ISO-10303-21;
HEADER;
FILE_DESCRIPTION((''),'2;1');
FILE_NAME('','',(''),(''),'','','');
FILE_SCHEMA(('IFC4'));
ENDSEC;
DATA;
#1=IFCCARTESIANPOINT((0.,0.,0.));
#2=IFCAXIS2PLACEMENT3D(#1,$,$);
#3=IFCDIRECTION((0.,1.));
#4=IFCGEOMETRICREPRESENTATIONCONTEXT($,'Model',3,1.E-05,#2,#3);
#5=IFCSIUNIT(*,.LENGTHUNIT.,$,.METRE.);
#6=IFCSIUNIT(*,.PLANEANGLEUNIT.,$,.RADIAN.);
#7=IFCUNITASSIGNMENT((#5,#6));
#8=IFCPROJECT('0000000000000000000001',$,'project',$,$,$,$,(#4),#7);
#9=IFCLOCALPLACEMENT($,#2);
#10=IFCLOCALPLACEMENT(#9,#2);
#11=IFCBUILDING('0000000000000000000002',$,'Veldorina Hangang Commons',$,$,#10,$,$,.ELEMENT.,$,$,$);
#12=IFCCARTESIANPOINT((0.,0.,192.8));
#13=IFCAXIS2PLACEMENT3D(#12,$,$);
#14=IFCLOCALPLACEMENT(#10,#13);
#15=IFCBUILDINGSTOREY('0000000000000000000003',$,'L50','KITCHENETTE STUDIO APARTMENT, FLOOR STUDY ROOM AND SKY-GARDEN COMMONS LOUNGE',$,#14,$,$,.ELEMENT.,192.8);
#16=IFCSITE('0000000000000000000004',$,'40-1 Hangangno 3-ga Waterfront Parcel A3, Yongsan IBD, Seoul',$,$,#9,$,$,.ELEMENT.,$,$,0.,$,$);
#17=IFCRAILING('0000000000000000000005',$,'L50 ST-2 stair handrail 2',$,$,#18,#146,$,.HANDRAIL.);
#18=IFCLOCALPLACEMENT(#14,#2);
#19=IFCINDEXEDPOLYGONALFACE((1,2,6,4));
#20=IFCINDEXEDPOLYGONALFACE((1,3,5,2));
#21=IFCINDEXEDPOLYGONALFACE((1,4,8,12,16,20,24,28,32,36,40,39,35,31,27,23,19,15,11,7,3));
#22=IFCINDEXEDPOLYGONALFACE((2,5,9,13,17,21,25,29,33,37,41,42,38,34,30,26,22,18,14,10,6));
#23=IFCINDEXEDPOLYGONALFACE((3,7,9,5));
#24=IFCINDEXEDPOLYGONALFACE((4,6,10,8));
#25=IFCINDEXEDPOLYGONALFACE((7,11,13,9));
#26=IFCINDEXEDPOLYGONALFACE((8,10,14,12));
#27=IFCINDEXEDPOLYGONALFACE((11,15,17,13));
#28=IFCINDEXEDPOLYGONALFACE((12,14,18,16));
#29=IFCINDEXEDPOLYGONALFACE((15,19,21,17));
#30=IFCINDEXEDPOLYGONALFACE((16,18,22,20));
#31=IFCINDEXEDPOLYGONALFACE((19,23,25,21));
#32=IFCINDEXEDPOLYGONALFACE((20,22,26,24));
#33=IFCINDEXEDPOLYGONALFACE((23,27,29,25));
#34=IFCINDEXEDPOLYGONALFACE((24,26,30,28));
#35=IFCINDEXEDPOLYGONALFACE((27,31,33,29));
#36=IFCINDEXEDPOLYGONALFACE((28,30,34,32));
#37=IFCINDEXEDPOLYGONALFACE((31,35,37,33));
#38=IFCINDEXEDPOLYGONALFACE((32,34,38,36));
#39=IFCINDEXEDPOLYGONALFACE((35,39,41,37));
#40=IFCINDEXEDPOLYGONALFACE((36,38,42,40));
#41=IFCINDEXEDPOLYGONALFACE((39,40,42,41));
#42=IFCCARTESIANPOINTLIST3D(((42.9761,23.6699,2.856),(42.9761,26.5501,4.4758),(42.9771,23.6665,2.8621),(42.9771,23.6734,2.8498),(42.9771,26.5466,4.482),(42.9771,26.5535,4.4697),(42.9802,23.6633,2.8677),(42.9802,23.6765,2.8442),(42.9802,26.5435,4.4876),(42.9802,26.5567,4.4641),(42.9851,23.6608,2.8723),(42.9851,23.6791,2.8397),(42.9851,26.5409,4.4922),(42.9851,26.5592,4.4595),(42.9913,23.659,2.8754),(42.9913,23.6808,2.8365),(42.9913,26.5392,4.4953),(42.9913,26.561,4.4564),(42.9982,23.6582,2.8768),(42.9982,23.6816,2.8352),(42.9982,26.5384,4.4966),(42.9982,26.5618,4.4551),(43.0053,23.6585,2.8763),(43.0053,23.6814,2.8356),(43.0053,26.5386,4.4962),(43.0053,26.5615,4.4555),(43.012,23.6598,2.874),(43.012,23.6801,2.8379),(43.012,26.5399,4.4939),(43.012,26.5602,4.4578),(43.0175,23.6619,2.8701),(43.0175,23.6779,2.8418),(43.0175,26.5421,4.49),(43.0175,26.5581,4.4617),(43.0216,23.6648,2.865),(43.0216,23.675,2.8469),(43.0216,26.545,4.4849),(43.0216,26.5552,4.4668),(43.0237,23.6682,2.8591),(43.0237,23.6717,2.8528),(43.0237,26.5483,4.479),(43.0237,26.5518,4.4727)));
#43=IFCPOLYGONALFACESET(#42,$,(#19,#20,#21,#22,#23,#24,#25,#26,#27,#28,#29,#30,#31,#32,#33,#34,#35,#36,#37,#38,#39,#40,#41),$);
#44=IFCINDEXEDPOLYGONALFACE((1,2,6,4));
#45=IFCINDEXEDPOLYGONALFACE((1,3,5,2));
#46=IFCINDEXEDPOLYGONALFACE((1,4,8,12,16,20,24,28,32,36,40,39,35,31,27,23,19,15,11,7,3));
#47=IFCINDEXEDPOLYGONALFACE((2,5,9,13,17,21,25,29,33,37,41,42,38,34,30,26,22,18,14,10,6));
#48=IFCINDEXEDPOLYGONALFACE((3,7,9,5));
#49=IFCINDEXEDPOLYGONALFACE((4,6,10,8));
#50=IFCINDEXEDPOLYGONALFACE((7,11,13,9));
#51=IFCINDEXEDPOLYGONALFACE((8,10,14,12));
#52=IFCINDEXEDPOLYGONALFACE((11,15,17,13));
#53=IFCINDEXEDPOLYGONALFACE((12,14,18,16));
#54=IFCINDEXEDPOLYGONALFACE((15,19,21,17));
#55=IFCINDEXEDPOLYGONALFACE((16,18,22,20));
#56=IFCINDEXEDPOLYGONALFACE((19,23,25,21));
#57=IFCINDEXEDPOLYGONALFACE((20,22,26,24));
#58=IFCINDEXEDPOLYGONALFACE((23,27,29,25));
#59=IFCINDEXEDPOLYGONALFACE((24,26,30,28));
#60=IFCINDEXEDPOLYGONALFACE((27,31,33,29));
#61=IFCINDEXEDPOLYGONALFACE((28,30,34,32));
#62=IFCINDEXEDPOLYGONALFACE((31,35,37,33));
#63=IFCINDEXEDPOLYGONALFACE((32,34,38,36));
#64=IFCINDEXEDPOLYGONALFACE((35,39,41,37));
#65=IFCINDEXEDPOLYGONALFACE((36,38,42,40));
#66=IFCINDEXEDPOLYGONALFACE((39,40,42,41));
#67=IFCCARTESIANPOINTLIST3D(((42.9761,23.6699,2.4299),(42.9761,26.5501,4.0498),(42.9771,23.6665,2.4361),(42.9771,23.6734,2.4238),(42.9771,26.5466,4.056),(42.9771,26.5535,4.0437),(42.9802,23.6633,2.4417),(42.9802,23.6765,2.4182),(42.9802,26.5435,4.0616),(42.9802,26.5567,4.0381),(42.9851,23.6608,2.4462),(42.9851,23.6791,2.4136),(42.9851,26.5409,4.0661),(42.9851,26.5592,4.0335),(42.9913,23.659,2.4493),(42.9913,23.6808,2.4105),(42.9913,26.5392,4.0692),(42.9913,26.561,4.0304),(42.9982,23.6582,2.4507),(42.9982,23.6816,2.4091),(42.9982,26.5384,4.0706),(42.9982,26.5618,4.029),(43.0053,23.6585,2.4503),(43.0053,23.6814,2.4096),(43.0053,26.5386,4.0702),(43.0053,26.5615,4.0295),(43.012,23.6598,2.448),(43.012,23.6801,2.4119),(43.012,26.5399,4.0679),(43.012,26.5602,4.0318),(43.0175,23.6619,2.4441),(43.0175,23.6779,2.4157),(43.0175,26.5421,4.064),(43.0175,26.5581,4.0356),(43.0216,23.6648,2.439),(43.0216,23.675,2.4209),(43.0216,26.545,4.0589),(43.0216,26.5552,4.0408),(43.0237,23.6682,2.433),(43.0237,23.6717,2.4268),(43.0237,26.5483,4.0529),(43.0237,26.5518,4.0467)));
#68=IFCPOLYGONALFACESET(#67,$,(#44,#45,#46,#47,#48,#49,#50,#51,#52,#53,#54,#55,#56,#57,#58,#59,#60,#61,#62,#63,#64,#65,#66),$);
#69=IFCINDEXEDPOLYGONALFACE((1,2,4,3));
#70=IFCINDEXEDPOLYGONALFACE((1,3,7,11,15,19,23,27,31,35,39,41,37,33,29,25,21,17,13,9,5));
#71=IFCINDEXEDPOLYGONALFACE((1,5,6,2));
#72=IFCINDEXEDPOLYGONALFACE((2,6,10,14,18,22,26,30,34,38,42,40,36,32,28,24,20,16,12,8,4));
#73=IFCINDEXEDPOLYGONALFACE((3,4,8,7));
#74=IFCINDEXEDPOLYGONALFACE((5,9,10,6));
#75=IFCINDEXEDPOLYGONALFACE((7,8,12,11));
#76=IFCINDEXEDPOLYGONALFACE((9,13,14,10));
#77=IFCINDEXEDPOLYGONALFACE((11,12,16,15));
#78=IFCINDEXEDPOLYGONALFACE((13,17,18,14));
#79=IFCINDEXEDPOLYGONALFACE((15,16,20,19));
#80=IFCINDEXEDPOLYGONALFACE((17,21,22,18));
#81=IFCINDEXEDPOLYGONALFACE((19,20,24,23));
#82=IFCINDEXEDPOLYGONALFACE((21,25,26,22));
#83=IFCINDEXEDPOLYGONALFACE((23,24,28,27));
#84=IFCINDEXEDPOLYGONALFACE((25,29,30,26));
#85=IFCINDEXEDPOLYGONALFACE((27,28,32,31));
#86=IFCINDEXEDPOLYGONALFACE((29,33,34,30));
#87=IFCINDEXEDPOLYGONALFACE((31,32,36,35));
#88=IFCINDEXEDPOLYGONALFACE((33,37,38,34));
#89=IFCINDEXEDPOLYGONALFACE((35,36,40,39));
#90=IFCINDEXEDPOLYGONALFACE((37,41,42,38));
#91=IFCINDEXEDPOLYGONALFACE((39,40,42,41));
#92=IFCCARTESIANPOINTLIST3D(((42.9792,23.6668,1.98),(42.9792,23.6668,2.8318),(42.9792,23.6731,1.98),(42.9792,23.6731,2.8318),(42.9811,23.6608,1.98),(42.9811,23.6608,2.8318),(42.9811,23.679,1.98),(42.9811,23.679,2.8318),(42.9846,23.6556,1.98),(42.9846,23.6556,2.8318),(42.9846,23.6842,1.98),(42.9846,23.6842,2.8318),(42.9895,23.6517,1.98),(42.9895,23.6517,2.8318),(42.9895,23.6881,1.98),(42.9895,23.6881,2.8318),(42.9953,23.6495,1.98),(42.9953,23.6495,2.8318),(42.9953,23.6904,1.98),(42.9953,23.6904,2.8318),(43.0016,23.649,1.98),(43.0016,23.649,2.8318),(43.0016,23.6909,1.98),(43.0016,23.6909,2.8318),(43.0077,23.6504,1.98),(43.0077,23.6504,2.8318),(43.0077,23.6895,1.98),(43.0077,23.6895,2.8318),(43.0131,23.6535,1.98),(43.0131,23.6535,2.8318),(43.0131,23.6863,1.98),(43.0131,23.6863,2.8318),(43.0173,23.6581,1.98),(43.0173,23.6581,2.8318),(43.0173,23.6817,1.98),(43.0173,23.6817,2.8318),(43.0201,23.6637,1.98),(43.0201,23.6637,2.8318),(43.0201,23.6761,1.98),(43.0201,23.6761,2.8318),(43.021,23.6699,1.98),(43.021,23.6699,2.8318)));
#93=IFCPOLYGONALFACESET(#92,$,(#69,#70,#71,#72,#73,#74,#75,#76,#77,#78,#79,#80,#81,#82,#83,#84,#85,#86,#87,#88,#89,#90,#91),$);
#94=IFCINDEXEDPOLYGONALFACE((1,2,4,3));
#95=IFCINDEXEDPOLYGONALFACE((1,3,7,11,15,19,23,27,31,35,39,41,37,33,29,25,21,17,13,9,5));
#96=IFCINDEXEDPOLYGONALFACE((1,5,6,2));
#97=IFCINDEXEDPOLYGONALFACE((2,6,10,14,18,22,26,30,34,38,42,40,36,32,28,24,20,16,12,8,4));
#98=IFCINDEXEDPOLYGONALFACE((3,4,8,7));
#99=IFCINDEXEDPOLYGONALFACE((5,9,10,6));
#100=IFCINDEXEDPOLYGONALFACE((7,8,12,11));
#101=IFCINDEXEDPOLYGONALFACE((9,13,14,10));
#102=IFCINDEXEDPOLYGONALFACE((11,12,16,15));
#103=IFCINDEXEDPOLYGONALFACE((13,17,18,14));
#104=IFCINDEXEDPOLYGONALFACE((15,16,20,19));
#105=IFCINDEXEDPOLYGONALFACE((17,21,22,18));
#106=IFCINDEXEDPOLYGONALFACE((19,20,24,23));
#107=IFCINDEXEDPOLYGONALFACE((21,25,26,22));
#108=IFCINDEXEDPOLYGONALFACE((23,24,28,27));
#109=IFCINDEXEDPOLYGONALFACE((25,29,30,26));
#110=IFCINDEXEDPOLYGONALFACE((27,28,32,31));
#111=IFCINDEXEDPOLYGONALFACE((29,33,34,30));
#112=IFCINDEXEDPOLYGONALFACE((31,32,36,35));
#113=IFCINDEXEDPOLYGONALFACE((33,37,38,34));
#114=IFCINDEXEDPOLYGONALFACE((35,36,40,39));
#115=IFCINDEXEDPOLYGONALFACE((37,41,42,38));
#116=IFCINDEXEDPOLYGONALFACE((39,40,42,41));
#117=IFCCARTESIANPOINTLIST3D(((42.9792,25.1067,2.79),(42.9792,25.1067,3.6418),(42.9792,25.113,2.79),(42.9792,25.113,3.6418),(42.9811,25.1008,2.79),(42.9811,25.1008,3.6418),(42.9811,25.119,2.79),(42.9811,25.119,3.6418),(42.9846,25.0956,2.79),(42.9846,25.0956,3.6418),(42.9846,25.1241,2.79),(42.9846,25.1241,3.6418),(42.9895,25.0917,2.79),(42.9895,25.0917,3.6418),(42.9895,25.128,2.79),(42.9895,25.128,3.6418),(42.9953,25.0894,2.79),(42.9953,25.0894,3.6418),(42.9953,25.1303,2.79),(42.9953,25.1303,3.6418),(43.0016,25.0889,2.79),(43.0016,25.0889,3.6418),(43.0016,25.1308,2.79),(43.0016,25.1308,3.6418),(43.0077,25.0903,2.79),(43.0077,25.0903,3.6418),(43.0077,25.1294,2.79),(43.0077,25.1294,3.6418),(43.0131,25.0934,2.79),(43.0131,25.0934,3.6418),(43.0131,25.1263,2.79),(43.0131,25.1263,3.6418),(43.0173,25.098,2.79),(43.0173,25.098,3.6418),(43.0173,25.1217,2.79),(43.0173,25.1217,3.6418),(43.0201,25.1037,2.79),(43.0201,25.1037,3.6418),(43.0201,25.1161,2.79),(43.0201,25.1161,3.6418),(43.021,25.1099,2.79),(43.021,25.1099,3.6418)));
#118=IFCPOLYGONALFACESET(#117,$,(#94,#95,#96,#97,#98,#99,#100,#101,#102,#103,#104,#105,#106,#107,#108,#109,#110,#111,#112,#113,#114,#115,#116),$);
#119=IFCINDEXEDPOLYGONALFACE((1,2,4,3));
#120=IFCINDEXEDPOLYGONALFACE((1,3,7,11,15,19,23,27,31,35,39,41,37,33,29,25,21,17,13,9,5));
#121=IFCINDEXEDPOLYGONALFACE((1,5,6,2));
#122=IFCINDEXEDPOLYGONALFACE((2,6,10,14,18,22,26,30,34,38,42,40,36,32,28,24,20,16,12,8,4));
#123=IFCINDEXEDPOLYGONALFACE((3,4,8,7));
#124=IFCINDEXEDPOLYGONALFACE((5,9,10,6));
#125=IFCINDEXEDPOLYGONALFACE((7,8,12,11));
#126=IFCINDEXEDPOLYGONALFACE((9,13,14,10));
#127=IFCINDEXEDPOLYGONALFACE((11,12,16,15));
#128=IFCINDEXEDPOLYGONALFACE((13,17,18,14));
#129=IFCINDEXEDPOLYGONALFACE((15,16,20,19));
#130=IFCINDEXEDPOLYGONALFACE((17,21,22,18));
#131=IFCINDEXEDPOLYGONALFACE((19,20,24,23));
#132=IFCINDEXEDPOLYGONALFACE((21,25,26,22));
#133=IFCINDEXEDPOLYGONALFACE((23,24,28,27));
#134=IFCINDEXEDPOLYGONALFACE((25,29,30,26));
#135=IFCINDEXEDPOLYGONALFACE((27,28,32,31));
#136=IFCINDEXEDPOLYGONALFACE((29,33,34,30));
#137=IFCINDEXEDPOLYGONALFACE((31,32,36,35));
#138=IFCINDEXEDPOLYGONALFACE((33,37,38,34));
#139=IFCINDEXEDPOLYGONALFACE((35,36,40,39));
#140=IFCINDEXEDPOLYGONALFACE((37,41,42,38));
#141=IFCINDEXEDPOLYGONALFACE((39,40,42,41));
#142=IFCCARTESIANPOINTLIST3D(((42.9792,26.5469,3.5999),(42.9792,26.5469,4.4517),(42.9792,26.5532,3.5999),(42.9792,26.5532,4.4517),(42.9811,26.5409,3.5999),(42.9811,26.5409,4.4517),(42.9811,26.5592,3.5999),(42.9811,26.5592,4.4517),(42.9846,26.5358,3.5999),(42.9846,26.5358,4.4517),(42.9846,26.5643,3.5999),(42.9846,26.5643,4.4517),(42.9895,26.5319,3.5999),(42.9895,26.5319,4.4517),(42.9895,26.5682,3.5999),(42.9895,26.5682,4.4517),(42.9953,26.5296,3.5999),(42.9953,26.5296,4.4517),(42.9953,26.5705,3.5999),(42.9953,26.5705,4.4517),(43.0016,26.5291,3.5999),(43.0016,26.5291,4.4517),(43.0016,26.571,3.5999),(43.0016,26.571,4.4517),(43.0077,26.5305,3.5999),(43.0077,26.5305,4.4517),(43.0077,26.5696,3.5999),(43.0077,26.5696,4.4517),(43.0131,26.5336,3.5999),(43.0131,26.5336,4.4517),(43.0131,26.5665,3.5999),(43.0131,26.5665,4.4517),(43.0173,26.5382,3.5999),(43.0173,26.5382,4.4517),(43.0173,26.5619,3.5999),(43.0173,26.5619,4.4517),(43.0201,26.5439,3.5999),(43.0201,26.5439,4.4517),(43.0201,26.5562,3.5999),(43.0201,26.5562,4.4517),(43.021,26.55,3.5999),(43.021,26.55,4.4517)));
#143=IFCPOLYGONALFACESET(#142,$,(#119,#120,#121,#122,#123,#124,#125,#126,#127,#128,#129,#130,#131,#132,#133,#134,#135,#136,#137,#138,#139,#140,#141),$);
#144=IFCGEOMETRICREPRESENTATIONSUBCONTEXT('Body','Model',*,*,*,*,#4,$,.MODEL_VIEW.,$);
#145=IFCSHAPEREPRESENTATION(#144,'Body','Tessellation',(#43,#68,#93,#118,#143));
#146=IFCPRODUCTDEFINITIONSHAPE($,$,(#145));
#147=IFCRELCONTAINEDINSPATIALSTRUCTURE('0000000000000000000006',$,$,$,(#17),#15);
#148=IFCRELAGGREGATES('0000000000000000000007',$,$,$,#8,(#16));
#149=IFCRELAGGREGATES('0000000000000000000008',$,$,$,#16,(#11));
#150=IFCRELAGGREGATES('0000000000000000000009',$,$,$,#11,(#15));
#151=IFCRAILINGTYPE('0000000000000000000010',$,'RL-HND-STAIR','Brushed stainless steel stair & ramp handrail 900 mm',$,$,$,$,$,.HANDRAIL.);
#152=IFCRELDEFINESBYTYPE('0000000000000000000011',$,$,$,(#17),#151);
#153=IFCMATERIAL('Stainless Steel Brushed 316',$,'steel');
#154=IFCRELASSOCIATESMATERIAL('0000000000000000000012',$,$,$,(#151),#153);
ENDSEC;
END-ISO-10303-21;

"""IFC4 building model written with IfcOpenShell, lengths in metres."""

from ifc_helpers import new_model, si_unit, direction, frame, origin, origin_2d, place, context, subcontext, project, spatial, circle, extrude, material, type_object, element, save


model = new_model("IFC4")

# Units and contexts
model_context = context("Model", 3, precision=1e-05, world=origin(), true_north=direction((0.0, 1.0)))
body_context = subcontext(model_context, "Body", "Model", "MODEL_VIEW")
ifc_project = project(units=[si_unit("LENGTHUNIT", "METRE"), si_unit("PLANEANGLEUNIT", "RADIAN")], contexts=[model_context])

# Site, building, storey
site_placement = place(None, origin())
site = spatial("IfcSite", under=ifc_project, at=site_placement, Name="40-1 Hangangno 3-ga Waterfront Parcel A3, Yongsan IBD, Seoul", CompositionType="ELEMENT", RefElevation=0.0)
building_placement = place(site_placement, origin())
building = spatial("IfcBuilding", under=site, at=building_placement, Name="Veldorina Hangang Commons", CompositionType="ELEMENT")
storey_placement = place(building_placement, frame((0.0, 0.0, 192.8)))
storey = spatial("IfcBuildingStorey", under=building, at=storey_placement, Name="L50", Description="KITCHENETTE STUDIO APARTMENT, FLOOR STUDY ROOM AND SKY-GARDEN COMMONS LOUNGE", CompositionType="ELEMENT", Elevation=192.8)

# Railing
ifc_material_1 = material(Name="Stainless Steel Brushed 316", Category="steel")
railing_type_1 = type_object("IfcRailingType", Name="RL-HND-STAIR", Description="Brushed stainless steel stair & ramp handrail 900 mm", PredefinedType="HANDRAIL", material=ifc_material_1)
railing_1_placement = place(storey_placement, frame((43.0, 23.6699, 1.98)))
element("IfcRailing", 1, at=railing_1_placement, inside=storey, type_object=railing_type_1, Name="L50 ST-2 stair handrail 2", PredefinedType="HANDRAIL", context=body_context, shape_type="SweptSolid", body=[
    extrude(circle(Radius=0.0239, at=origin_2d()), frame((0.0, 0.0, 0.876), z_axis=(0.0, 0.871601, 0.490216), x_axis=(-1.0, 0.0, 0.0)), (0.0, 0.0, 1.0), 3.3044),
    extrude(circle(Radius=0.0239, at=origin_2d()), frame((0.0, 0.0, 0.45), z_axis=(0.0, 0.871601, 0.490216), x_axis=(-1.0, 0.0, 0.0)), (0.0, 0.0, 1.0), 3.3044),
    extrude(circle(Radius=0.021, at=origin_2d()), origin(), (0.0, 0.0, 1.0), 0.8518),
    extrude(circle(Radius=0.021, at=origin_2d()), frame((0.0, 1.4399, 0.8101)), (0.0, 0.0, 1.0), 0.8518),
    extrude(circle(Radius=0.021, at=origin_2d()), frame((0.0, 2.8801, 1.6199)), (0.0, 0.0, 1.0), 0.8518),
])

save(model, "model.ifc")
